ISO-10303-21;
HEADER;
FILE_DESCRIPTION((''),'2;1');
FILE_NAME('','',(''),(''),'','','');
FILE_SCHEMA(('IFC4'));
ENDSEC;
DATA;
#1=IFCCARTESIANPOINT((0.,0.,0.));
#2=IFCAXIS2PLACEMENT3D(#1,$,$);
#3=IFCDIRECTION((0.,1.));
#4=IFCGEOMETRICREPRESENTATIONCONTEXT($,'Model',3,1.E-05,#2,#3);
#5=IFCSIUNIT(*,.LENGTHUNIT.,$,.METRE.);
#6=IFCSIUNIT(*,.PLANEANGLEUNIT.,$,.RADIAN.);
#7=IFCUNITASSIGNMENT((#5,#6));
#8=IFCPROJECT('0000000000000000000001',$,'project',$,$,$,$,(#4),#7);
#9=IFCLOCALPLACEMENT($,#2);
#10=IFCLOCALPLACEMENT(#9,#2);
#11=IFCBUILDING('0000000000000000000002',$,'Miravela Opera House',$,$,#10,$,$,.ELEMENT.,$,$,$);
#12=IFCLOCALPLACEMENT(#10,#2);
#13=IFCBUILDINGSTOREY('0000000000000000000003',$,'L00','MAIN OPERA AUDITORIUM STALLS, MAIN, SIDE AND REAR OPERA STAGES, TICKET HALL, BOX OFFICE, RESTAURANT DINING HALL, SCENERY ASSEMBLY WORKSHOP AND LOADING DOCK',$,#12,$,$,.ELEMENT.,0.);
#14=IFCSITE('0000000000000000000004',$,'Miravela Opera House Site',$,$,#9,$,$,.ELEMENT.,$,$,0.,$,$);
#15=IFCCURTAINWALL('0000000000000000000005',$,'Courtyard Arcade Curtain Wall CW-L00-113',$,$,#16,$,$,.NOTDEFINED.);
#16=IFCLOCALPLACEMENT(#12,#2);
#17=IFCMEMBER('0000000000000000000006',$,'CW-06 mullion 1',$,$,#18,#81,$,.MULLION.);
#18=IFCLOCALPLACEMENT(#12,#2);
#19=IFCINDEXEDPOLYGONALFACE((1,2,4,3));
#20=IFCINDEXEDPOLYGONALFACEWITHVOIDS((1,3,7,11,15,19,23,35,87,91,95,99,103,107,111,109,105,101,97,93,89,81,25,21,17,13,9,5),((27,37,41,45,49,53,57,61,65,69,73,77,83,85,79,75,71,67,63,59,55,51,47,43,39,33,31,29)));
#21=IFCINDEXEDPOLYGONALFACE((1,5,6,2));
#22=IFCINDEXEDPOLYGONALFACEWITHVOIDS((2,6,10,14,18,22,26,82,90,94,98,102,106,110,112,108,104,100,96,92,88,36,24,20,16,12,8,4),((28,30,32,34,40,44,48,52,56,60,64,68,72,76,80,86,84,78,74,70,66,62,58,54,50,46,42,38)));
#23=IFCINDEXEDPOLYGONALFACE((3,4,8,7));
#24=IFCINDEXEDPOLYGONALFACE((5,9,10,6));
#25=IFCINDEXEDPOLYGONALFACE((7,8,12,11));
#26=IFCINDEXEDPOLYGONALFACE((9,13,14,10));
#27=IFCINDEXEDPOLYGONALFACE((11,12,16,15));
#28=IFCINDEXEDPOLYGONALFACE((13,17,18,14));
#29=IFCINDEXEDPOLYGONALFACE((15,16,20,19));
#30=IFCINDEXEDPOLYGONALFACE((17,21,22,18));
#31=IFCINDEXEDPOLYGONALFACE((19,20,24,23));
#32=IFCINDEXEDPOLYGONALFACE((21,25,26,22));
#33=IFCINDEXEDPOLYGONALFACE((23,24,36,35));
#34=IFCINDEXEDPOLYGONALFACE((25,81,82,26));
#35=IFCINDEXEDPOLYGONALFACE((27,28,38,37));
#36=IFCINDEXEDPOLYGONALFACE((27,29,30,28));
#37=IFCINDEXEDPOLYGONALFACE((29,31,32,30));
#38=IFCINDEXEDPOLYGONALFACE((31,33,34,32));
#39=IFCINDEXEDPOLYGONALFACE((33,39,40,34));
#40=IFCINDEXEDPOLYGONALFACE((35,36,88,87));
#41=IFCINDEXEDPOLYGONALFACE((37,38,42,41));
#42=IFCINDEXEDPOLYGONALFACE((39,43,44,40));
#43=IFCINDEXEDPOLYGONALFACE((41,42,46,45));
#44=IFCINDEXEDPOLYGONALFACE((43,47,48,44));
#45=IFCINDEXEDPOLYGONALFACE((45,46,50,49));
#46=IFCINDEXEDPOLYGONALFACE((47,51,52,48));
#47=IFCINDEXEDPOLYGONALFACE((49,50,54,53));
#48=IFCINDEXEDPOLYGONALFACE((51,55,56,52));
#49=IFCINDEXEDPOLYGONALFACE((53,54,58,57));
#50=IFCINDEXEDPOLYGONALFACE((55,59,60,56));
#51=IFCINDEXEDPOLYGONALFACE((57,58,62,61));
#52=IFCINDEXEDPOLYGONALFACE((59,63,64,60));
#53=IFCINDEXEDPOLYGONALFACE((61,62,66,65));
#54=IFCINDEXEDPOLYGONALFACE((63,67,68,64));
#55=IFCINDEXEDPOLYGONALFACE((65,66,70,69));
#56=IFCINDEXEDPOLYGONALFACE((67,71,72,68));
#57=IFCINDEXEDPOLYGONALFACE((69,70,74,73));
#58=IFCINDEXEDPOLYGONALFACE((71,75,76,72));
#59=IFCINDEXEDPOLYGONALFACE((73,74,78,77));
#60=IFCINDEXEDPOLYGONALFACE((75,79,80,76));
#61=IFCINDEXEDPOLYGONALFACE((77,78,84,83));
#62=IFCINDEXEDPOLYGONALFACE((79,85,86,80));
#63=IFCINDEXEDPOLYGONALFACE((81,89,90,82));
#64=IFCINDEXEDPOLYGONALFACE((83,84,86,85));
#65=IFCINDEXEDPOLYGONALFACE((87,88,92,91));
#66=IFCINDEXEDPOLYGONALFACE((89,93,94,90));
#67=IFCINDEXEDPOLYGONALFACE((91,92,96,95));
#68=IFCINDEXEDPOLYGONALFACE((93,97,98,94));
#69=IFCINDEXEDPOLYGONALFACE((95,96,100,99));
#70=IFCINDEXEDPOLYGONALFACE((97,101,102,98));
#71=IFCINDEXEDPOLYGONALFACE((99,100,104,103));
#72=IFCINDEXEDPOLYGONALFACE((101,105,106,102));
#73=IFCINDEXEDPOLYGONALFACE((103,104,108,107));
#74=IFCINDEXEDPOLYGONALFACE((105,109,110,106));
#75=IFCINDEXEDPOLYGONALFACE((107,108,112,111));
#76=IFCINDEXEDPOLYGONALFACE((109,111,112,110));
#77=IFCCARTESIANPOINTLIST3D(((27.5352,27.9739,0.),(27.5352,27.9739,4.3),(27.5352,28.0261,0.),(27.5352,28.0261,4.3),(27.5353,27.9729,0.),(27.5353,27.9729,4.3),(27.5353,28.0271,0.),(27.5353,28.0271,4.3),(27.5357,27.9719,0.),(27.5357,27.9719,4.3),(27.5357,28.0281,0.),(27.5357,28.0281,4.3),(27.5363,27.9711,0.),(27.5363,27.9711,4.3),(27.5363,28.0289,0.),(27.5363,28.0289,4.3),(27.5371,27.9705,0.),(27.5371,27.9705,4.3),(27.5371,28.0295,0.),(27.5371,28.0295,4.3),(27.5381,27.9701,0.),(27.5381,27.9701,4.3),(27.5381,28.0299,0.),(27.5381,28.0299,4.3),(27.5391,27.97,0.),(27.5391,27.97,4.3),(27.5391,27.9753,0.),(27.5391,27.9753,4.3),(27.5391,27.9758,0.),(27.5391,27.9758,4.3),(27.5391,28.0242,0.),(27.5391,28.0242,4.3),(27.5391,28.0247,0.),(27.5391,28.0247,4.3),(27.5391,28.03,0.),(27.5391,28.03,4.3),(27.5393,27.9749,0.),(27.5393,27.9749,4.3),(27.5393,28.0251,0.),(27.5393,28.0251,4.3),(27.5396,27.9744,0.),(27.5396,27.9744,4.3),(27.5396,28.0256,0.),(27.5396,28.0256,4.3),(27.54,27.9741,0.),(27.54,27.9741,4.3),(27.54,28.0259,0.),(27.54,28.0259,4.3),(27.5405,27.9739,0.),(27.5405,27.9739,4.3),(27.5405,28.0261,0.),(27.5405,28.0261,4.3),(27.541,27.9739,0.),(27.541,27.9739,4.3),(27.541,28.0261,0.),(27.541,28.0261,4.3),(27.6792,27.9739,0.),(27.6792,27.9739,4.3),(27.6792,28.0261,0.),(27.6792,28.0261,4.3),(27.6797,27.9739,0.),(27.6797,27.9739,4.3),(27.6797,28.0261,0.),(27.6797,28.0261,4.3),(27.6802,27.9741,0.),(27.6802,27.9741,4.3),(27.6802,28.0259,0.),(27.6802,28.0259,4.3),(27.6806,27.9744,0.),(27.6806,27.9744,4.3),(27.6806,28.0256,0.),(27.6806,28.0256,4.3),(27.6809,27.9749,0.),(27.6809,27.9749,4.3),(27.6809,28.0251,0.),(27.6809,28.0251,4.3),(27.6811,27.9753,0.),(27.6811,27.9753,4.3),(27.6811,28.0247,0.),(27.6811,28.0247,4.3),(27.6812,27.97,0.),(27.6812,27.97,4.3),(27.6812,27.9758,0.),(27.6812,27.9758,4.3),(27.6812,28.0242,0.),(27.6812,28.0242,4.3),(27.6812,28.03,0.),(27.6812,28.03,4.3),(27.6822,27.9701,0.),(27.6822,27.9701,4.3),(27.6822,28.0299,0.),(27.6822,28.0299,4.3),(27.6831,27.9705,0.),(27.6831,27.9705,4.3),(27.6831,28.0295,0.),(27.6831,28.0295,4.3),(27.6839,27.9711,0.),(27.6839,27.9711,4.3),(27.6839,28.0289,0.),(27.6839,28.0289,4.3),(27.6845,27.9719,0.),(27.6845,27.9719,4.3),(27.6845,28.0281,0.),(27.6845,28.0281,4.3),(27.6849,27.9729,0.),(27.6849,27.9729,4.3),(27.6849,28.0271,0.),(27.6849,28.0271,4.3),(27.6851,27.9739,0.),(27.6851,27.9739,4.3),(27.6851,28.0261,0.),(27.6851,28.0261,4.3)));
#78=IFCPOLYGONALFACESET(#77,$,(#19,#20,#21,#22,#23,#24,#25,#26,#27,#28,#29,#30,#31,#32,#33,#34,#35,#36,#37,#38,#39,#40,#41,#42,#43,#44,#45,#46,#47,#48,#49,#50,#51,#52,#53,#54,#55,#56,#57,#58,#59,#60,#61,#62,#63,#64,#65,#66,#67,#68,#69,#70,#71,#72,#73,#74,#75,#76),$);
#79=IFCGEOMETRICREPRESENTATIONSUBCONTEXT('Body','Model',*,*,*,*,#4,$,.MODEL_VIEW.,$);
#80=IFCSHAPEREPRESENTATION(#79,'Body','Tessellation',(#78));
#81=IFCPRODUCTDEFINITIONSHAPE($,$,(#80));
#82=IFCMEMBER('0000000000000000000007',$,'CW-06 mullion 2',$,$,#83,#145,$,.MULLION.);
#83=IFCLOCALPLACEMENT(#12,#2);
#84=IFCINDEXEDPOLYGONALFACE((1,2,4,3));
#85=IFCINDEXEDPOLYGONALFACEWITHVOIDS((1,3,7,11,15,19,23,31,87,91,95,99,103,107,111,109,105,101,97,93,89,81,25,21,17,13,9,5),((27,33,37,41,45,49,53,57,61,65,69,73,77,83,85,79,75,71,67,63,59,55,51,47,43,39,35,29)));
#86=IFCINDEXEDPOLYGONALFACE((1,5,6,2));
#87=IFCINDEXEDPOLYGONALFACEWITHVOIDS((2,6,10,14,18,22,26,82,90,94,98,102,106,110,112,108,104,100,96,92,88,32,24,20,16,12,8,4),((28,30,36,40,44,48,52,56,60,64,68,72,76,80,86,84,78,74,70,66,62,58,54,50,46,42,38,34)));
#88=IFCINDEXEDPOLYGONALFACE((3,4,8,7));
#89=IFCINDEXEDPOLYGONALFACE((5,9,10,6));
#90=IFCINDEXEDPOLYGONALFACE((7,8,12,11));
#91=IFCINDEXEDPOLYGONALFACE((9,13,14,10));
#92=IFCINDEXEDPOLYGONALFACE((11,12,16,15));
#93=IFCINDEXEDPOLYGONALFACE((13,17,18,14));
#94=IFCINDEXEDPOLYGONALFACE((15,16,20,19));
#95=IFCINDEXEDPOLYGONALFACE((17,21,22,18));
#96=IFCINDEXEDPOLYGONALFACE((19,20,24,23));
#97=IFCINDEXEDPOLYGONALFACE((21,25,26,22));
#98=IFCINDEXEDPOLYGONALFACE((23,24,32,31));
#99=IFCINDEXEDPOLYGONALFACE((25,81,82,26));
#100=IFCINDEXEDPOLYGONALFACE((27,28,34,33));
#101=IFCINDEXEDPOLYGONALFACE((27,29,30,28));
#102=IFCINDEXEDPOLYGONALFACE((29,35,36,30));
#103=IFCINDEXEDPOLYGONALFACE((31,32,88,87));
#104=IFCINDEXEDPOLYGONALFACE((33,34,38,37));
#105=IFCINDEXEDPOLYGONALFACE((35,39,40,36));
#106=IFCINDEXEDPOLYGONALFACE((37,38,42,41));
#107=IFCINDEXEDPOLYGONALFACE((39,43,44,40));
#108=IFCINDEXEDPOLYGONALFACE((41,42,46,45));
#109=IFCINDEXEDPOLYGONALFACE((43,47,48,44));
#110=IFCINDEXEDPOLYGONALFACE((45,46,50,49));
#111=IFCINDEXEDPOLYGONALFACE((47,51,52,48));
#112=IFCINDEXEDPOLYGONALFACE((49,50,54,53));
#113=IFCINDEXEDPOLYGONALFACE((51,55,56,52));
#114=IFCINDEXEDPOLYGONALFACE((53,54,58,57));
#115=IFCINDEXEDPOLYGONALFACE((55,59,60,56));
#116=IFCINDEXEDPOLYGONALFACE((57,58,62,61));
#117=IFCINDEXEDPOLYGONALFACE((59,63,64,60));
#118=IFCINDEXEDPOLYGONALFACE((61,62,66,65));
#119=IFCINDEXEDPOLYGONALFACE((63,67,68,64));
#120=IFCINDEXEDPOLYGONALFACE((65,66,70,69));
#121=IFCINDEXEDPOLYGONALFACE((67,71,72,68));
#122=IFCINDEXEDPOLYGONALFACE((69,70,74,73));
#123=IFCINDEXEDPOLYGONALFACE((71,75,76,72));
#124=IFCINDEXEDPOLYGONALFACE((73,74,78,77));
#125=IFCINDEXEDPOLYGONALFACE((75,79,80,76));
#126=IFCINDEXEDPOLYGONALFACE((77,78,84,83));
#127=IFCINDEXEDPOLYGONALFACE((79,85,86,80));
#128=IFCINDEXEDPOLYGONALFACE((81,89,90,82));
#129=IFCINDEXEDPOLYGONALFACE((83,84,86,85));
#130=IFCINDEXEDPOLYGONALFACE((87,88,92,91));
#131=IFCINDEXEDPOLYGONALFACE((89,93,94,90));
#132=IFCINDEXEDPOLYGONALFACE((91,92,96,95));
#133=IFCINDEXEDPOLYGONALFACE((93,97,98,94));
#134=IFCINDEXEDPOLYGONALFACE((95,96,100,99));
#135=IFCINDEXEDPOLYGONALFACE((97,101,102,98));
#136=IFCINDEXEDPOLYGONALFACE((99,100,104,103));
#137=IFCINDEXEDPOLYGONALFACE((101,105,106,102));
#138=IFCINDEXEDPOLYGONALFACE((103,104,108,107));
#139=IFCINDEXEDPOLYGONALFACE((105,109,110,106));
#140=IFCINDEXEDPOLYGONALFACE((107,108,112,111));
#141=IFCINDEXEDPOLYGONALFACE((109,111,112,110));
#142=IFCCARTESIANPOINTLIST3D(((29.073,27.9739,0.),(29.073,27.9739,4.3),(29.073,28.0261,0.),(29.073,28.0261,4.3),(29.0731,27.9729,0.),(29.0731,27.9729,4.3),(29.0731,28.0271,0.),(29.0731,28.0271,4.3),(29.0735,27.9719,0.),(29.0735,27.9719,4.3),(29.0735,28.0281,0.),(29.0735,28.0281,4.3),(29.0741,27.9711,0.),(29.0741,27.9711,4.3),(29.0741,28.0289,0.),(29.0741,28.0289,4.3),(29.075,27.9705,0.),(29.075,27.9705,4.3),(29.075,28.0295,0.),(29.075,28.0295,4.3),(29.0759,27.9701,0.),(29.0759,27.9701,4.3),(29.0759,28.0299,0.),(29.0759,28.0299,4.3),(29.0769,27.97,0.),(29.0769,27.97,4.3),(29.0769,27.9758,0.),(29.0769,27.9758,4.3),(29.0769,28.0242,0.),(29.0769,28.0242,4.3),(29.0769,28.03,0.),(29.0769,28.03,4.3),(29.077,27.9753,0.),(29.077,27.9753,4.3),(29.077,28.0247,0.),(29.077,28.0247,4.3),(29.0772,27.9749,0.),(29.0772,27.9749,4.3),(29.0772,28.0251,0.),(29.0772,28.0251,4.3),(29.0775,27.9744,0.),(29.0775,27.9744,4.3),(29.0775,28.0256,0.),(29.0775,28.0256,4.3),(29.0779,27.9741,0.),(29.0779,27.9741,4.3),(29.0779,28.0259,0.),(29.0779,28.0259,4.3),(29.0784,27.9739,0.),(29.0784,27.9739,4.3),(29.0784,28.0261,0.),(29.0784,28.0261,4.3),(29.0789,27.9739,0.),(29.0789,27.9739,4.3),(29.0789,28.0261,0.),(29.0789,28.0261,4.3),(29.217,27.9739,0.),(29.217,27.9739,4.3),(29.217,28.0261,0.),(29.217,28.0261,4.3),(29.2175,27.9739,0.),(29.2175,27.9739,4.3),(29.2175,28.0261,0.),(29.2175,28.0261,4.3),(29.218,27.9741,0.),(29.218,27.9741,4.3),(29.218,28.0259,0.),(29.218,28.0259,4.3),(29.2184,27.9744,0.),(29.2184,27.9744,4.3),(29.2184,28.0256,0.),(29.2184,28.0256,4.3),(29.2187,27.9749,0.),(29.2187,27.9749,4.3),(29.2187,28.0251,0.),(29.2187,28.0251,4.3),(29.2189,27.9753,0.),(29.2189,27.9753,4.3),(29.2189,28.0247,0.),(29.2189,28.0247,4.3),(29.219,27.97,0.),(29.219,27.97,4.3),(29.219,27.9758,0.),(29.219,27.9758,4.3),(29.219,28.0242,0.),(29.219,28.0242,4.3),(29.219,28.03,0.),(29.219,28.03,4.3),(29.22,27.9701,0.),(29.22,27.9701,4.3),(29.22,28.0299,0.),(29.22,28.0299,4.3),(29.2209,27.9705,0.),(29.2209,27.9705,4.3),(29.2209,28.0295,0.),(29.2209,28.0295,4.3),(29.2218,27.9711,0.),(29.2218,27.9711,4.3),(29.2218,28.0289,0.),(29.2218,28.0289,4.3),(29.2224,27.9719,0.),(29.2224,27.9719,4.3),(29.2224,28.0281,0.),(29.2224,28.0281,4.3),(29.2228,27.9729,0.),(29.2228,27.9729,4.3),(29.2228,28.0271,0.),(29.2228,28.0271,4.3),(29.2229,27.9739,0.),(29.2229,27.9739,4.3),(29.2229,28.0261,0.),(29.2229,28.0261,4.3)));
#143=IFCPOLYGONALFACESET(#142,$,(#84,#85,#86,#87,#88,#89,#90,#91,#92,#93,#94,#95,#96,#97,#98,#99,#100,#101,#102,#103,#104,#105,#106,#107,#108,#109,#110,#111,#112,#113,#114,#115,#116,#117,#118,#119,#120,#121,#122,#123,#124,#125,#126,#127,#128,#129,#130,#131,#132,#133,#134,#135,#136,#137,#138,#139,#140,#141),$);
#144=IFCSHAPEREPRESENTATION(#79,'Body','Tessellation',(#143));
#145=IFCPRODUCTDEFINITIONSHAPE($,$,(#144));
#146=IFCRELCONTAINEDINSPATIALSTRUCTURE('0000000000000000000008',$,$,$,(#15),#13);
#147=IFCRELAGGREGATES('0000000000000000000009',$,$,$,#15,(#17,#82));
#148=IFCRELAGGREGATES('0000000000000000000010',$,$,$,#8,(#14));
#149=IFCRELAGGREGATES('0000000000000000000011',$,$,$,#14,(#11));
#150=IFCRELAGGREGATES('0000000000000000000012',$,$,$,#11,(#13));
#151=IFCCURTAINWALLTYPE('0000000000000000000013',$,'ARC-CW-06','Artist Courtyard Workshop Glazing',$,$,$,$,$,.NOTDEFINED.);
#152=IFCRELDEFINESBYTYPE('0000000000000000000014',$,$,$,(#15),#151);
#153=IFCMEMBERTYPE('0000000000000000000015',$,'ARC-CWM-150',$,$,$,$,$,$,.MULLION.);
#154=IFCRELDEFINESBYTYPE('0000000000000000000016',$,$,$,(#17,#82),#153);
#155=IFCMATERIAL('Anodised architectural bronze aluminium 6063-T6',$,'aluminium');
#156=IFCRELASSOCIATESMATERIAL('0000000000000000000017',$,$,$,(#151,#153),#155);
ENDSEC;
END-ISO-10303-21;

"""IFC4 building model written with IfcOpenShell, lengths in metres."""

from ifc_helpers import new_model, si_unit, direction, frame, origin, origin_2d, place, context, subcontext, project, spatial, hollow_rectangle, extrude, material, material_profile, profile_set, type_object, element, aggregate, save


model = new_model("IFC4")

# Units and contexts
model_context = context("Model", 3, precision=1e-05, world=origin(), true_north=direction((0.0, 1.0)))
body_context = subcontext(model_context, "Body", "Model", "MODEL_VIEW")
ifc_project = project(units=[si_unit("LENGTHUNIT", "METRE"), si_unit("PLANEANGLEUNIT", "RADIAN")], contexts=[model_context])

# Site, building, storey
site_placement = place(None, origin())
site = spatial("IfcSite", under=ifc_project, at=site_placement, Name="Miravela Opera House Site", CompositionType="ELEMENT", RefElevation=0.0)
building_placement = place(site_placement, origin())
building = spatial("IfcBuilding", under=site, at=building_placement, Name="Miravela Opera House", CompositionType="ELEMENT")
storey_placement = place(building_placement, origin())
storey = spatial("IfcBuildingStorey", under=building, at=storey_placement, Name="L00", Description="MAIN OPERA AUDITORIUM STALLS, MAIN, SIDE AND REAR OPERA STAGES, TICKET HALL, BOX OFFICE, RESTAURANT DINING HALL, SCENERY ASSEMBLY WORKSHOP AND LOADING DOCK", CompositionType="ELEMENT", Elevation=0.0)

# Curtain wall, members
ifc_material_1 = material(Name="Anodised architectural bronze aluminium 6063-T6", Category="aluminium")
curtain_wall_type = type_object("IfcCurtainWallType", Name="ARC-CW-06", Description="Artist Courtyard Workshop Glazing", PredefinedType="NOTDEFINED", material=ifc_material_1)
curtain_wall_placement = place(storey_placement, origin())
curtain_wall = element("IfcCurtainWall", 1, at=curtain_wall_placement, inside=storey, type_object=curtain_wall_type, Name="Courtyard Arcade Curtain Wall CW-L00-113", PredefinedType="NOTDEFINED")
ifc_material_profile_1 = material_profile(ifc_material_1, hollow_rectangle(XDim=0.0601, YDim=0.1499, WallThickness=0.0039, InnerFilletRadius=0.002, OuterFilletRadius=0.0039, at=origin_2d()), Name="CWM-60X150")
ifc_profile_set_1 = profile_set([ifc_material_profile_1])
member_type_1 = type_object("IfcMemberType", Name="ARC-CWM-150", PredefinedType="MULLION", material=ifc_profile_set_1)
member_1_placement = place(storey_placement, frame((27.6101, 28.0, 0.0), z_axis=(0.0, 0.0, 1.0), x_axis=(0.0, 1.0, 0.0)))
member_1 = element("IfcMember", 2, at=member_1_placement, type_object=member_type_1, Name="CW-06 mullion 1", PredefinedType="MULLION", context=body_context, shape_type="SweptSolid", body=[
    extrude(hollow_rectangle(XDim=0.0601, YDim=0.1499, WallThickness=0.0039, InnerFilletRadius=0.002, OuterFilletRadius=0.0039, at=origin_2d()), origin(), (0.0, 0.0, 1.0), 4.3),
])
member_2_placement = place(storey_placement, frame((29.1479, 28.0, 0.0), z_axis=(0.0, 0.0, 1.0), x_axis=(0.0, 1.0, 0.0)))
member_2 = element("IfcMember", 3, at=member_2_placement, type_object=member_type_1, Name="CW-06 mullion 2", PredefinedType="MULLION", context=body_context, shape_type="SweptSolid", body=[
    extrude(hollow_rectangle(XDim=0.0601, YDim=0.1499, WallThickness=0.0039, InnerFilletRadius=0.002, OuterFilletRadius=0.0039, at=origin_2d()), origin(), (0.0, 0.0, 1.0), 4.3),
])
aggregate(curtain_wall, [member_1, member_2])

save(model, "model.ifc")
